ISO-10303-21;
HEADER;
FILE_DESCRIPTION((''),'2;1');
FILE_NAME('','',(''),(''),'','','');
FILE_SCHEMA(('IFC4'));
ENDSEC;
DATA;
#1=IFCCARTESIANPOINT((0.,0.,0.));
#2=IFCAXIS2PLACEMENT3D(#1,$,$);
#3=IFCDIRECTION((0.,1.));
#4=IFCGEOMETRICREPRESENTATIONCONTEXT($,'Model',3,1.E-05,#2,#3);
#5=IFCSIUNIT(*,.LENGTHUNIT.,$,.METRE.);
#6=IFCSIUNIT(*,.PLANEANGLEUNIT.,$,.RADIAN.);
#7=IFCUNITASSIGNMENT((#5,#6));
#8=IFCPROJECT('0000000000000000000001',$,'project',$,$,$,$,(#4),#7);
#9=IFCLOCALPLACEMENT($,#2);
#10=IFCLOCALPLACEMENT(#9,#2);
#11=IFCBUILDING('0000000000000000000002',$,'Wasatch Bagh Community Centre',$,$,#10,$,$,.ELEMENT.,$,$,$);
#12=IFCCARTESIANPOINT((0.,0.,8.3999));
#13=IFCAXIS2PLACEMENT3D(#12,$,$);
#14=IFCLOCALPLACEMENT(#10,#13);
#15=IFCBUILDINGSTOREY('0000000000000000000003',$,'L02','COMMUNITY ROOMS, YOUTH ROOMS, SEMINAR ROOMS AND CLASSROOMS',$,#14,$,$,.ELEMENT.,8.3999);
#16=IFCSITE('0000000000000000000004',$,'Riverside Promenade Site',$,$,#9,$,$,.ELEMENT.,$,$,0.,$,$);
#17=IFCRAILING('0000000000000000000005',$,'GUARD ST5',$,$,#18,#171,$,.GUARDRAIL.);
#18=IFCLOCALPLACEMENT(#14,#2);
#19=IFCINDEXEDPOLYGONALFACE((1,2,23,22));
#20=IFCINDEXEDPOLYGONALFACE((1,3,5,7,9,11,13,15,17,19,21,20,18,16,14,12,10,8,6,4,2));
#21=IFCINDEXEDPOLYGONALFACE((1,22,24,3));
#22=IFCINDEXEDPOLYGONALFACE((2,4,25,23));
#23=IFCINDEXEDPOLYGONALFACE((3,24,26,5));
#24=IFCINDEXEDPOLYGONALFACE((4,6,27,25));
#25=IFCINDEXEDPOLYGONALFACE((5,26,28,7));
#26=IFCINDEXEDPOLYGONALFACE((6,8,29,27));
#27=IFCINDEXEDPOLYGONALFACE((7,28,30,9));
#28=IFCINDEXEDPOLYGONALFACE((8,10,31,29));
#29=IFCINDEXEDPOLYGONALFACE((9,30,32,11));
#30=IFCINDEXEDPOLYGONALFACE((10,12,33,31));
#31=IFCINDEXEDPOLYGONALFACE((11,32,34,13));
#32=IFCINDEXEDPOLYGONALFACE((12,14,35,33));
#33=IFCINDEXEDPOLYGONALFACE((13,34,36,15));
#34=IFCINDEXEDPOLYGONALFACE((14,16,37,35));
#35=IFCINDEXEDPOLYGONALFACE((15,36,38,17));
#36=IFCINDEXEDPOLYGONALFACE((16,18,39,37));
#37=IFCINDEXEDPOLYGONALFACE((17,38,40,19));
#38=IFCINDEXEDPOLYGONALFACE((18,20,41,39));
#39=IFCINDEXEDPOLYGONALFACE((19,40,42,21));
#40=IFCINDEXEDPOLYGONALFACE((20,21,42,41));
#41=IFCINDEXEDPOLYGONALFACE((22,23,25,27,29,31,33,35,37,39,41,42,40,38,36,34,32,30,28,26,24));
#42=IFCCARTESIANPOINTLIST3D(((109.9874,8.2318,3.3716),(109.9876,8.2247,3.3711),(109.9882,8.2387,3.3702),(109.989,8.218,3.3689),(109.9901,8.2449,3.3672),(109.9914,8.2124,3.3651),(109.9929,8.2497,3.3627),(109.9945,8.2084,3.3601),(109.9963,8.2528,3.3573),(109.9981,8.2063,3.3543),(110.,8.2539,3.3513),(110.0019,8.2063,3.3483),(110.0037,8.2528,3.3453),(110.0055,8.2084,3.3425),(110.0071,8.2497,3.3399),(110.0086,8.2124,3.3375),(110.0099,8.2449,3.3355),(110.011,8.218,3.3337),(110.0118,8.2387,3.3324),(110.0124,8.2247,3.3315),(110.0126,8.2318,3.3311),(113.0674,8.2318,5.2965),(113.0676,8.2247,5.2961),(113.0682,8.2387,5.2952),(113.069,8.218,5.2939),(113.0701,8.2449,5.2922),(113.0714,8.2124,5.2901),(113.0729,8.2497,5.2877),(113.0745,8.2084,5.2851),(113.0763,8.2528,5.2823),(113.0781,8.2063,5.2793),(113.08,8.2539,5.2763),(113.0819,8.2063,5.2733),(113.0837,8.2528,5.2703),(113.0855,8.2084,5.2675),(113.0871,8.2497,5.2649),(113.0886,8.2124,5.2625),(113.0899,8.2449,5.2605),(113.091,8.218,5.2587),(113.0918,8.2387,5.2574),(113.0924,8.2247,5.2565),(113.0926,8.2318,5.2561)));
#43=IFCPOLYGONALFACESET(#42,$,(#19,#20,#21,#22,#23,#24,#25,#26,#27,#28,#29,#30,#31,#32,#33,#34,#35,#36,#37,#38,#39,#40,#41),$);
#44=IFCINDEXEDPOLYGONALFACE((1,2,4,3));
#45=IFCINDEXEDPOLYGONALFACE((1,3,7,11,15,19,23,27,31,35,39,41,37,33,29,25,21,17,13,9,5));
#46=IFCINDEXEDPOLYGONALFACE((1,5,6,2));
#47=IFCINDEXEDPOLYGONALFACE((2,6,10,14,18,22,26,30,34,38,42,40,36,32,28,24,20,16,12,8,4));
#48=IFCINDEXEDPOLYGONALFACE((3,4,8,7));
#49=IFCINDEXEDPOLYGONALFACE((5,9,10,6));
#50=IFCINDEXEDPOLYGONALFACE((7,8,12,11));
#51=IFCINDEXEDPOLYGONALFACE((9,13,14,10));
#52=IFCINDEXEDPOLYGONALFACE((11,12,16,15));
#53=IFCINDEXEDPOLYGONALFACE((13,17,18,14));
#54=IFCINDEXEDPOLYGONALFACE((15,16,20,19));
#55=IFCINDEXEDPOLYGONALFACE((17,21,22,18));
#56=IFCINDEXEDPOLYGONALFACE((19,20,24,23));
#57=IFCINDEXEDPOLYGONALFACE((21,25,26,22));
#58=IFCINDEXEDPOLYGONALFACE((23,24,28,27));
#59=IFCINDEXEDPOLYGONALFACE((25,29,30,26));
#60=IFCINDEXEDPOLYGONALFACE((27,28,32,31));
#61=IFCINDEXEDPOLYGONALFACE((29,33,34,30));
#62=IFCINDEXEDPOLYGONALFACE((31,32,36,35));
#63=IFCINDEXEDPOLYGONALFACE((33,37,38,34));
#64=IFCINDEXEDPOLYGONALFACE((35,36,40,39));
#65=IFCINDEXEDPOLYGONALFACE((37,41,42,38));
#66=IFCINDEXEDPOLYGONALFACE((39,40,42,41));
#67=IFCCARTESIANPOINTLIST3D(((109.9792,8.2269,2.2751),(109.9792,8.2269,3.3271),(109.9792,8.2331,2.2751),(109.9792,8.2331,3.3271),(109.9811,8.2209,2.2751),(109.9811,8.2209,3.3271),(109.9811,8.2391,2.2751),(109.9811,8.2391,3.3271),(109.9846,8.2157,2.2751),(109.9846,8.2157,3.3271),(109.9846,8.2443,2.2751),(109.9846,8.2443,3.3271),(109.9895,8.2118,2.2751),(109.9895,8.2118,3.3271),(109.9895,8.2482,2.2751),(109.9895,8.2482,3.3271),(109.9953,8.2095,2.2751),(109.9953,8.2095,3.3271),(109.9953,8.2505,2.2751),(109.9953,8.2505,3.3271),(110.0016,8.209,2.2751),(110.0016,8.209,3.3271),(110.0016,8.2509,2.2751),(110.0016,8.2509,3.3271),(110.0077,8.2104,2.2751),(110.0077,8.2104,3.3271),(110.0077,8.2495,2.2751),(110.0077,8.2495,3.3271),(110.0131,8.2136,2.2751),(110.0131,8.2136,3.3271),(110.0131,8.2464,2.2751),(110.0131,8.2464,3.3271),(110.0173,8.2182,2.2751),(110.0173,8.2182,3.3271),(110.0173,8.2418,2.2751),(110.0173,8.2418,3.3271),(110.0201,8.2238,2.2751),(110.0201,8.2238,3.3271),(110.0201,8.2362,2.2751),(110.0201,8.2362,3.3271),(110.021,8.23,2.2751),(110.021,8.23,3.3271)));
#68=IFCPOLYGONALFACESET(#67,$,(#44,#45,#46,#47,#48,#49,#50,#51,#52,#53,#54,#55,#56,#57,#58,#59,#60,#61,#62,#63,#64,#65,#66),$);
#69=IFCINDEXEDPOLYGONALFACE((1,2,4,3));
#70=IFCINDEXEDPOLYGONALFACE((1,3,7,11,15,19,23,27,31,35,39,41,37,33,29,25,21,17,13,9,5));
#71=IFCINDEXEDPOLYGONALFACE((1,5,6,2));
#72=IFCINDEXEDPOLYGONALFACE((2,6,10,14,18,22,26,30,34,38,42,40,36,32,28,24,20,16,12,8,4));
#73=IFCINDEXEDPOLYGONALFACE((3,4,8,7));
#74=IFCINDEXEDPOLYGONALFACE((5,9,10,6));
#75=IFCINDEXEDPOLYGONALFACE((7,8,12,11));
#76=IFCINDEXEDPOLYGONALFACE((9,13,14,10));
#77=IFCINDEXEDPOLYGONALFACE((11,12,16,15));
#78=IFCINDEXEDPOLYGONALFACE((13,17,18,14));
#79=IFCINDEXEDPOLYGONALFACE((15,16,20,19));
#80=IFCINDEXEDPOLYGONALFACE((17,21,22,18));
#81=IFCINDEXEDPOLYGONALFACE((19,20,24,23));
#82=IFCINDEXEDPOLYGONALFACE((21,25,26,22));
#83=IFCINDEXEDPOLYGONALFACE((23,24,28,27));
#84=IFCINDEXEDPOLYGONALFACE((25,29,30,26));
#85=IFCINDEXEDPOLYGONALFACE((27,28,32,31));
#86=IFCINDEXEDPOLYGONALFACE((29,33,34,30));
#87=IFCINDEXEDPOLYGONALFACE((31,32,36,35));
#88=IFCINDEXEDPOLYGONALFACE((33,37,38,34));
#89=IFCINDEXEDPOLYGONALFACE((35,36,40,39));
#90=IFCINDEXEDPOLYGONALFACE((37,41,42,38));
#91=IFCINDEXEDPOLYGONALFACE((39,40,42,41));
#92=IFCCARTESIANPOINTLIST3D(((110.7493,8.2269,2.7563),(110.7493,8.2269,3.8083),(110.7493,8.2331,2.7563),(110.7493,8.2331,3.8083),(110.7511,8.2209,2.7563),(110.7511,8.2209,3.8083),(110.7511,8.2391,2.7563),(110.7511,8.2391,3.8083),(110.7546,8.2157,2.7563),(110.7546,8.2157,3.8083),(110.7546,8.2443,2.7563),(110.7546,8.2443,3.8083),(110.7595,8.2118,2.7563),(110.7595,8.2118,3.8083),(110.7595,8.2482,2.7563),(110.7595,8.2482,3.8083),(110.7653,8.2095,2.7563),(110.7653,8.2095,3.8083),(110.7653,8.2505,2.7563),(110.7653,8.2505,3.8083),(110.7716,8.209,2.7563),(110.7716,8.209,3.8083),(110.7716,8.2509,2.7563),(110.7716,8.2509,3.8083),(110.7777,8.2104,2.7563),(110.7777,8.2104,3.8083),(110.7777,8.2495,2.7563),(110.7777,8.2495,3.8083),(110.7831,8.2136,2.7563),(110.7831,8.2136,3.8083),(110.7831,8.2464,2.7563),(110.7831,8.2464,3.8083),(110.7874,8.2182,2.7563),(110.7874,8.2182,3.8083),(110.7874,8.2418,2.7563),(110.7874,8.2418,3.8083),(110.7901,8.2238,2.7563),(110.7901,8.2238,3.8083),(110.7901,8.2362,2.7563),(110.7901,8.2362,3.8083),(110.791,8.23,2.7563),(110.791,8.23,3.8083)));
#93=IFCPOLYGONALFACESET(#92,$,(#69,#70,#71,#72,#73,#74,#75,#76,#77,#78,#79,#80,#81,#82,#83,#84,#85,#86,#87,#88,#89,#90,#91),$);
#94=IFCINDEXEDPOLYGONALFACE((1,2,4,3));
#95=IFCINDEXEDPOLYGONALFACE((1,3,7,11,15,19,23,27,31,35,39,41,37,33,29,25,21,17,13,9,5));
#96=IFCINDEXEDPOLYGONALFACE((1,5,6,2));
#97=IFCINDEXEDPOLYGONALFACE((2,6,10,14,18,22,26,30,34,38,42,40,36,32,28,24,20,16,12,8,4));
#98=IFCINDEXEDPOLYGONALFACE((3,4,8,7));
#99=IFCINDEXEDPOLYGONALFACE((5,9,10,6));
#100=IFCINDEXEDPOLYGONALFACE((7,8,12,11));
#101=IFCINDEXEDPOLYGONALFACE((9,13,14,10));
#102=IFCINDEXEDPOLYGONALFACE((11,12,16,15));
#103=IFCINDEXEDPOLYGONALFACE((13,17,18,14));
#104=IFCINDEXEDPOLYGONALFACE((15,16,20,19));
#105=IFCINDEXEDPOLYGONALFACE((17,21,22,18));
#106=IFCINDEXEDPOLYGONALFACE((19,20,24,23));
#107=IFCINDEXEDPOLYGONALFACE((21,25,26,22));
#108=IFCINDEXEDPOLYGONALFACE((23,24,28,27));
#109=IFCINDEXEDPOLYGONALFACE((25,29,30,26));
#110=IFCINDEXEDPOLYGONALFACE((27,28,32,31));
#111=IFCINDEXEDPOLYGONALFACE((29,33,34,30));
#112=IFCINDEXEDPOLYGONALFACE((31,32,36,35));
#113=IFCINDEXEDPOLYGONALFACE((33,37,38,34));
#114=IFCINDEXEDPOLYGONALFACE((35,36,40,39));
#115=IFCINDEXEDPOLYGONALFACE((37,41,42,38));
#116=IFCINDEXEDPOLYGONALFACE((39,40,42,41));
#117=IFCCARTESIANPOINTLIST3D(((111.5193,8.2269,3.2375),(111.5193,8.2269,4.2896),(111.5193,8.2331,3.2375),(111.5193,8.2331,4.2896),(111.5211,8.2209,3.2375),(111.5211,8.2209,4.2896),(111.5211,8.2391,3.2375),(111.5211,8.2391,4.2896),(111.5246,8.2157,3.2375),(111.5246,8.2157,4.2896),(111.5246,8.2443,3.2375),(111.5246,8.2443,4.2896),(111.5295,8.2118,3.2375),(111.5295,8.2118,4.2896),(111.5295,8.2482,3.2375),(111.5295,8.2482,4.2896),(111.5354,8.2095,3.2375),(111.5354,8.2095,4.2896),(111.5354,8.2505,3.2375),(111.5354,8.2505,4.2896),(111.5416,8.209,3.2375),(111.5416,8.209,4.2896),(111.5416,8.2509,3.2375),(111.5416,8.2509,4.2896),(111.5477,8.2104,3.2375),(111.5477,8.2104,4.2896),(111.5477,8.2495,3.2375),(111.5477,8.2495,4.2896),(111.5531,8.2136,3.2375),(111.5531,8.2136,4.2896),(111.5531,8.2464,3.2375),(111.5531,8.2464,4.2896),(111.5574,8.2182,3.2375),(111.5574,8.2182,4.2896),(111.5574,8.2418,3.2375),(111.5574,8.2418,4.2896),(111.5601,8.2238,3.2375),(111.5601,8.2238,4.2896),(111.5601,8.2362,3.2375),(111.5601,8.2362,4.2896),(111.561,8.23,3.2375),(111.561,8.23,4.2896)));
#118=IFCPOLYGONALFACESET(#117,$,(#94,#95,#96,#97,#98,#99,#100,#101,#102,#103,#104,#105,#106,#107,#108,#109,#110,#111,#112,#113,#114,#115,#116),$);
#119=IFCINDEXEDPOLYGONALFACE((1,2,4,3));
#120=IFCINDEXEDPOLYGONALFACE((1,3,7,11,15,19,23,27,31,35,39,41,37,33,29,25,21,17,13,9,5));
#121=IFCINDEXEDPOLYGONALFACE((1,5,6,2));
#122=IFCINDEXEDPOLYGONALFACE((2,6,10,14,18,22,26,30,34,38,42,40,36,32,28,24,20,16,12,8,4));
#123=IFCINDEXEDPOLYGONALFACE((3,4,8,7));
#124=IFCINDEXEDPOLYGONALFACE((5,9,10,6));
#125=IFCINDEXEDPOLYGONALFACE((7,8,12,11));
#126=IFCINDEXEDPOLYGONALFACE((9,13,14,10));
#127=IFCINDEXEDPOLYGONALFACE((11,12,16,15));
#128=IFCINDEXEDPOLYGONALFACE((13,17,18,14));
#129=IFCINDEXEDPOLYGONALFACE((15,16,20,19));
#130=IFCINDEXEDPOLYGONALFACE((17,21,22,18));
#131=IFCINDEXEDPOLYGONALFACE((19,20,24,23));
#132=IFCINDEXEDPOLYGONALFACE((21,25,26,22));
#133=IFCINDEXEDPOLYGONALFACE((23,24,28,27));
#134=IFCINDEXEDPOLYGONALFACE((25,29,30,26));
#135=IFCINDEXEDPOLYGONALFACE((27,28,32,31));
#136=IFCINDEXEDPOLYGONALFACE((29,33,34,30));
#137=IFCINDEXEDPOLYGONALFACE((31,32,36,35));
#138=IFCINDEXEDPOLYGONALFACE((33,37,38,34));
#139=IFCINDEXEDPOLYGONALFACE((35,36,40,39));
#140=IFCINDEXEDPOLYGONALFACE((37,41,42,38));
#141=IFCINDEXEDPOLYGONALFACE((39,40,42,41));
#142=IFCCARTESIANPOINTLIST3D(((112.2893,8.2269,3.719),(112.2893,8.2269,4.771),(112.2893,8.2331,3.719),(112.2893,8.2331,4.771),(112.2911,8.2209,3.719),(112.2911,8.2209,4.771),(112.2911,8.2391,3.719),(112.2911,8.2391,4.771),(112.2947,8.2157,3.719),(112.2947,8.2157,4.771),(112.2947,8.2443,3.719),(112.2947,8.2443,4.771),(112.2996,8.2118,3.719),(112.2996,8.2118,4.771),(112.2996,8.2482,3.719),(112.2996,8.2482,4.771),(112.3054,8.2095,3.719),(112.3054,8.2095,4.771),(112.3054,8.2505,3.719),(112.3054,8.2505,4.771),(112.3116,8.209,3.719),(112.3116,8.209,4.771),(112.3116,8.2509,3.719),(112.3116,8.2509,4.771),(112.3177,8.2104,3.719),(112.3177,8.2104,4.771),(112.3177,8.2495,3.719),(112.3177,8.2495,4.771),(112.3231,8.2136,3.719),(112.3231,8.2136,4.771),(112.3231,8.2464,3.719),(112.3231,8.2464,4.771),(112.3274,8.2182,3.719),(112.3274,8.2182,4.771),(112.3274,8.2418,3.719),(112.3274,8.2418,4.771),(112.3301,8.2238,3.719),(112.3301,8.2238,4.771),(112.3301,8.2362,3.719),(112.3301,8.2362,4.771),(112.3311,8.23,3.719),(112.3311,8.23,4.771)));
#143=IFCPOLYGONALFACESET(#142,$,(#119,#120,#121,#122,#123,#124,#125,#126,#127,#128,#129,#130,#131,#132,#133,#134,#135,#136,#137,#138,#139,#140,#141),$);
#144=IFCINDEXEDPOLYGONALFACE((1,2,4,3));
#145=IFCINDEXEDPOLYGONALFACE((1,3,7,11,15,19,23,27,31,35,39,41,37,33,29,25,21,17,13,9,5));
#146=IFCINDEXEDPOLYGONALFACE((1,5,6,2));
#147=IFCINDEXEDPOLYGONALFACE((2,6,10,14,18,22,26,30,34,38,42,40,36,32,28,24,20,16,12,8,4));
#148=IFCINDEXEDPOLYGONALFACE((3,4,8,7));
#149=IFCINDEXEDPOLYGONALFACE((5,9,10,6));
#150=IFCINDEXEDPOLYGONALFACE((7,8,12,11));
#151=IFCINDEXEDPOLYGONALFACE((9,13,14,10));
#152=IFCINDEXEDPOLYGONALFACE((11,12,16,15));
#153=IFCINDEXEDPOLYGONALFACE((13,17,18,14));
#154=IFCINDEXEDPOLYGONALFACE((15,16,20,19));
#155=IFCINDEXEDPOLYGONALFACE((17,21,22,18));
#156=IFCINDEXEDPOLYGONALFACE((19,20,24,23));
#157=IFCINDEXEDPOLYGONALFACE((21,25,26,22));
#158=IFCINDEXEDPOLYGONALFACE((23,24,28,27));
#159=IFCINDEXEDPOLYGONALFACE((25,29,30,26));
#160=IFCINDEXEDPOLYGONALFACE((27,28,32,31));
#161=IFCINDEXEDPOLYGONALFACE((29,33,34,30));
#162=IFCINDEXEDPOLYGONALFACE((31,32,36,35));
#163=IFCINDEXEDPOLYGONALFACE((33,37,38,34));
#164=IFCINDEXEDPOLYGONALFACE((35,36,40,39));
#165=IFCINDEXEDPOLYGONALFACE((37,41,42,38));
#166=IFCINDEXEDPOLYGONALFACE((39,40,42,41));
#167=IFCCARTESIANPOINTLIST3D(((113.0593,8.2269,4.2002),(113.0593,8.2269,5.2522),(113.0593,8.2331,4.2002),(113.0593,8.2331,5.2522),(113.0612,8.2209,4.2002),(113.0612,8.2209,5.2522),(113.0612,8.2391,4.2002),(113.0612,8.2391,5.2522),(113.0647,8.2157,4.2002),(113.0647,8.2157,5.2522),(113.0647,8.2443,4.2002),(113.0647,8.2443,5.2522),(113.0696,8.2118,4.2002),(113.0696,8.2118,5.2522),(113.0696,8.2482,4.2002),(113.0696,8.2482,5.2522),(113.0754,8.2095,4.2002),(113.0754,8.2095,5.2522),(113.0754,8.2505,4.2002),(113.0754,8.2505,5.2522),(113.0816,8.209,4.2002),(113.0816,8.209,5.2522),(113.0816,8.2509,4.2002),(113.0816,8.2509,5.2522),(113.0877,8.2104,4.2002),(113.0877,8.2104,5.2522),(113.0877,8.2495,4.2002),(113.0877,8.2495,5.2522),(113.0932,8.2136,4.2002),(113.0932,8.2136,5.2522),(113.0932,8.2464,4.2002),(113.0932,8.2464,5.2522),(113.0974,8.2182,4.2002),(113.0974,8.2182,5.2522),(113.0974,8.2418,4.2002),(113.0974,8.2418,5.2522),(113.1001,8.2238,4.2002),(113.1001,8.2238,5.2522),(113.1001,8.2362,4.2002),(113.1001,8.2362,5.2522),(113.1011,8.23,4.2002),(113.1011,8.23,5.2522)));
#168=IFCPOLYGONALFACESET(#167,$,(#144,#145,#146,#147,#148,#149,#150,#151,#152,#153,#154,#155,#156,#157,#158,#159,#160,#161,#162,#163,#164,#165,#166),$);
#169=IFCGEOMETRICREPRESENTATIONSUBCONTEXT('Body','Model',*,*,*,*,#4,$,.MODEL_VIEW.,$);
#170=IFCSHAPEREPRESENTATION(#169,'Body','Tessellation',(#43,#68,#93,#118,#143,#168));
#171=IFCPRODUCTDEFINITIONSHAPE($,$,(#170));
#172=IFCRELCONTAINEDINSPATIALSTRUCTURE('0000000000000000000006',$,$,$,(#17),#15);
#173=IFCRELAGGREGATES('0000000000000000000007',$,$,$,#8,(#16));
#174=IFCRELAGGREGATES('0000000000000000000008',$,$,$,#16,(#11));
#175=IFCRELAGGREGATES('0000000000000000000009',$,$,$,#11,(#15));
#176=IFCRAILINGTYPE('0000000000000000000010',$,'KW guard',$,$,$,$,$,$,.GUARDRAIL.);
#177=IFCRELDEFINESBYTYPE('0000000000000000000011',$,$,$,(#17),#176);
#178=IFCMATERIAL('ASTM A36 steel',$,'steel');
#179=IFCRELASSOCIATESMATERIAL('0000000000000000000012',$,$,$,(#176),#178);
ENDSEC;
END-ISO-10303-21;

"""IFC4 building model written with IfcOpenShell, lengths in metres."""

from ifc_helpers import new_model, si_unit, direction, frame, origin, origin_2d, place, context, subcontext, project, spatial, circle, extrude, material, type_object, element, save


model = new_model("IFC4")

# Units and contexts
model_context = context("Model", 3, precision=1e-05, world=origin(), true_north=direction((0.0, 1.0)))
body_context = subcontext(model_context, "Body", "Model", "MODEL_VIEW")
ifc_project = project(units=[si_unit("LENGTHUNIT", "METRE"), si_unit("PLANEANGLEUNIT", "RADIAN")], contexts=[model_context])

# Site, building, storey
site_placement = place(None, origin())
site = spatial("IfcSite", under=ifc_project, at=site_placement, Name="Riverside Promenade Site", CompositionType="ELEMENT", RefElevation=0.0)
building_placement = place(site_placement, origin())
building = spatial("IfcBuilding", under=site, at=building_placement, Name="Wasatch Bagh Community Centre", CompositionType="ELEMENT")
storey_placement = place(building_placement, frame((0.0, 0.0, 8.3999)))
storey = spatial("IfcBuildingStorey", under=building, at=storey_placement, Name="L02", Description="COMMUNITY ROOMS, YOUTH ROOMS, SEMINAR ROOMS AND CLASSROOMS", CompositionType="ELEMENT", Elevation=8.3999)

# Railing
ifc_material_1 = material(Name="ASTM A36 steel", Category="steel")
railing_type_1 = type_object("IfcRailingType", Name="KW guard", PredefinedType="GUARDRAIL", material=ifc_material_1)
for number, where, name in (
    (1, (110.0, 8.23, 2.2751), "GUARD ST5"),
):
    element("IfcRailing", number, at=place(storey_placement, frame(where)), inside=storey, type_object=railing_type_1, Name=name, PredefinedType="GUARDRAIL", context=body_context, shape_type="SweptSolid", body=[
        extrude(circle(Radius=0.0239, at=origin_2d()), frame((0.0, 0.0, 1.0762), z_axis=(0.847998, 0.0, 0.529999), x_axis=(0.0, 1.0, 0.0)), (0.0, 0.0, 1.0), 3.6321),
        extrude(circle(Radius=0.021, at=origin_2d()), origin(), (0.0, 0.0, 1.0), 1.052),
        extrude(circle(Radius=0.021, at=origin_2d()), frame((0.77, 0.0, 0.4812)), (0.0, 0.0, 1.0), 1.052),
        extrude(circle(Radius=0.021, at=origin_2d()), frame((1.54, 0.0, 0.9624)), (0.0, 0.0, 1.0), 1.052),
        extrude(circle(Radius=0.021, at=origin_2d()), frame((2.3101, 0.0, 1.4438)), (0.0, 0.0, 1.0), 1.052),
        extrude(circle(Radius=0.021, at=origin_2d()), frame((3.0801, 0.0, 1.925)), (0.0, 0.0, 1.0), 1.052),
    ])

save(model, "model.ifc")
